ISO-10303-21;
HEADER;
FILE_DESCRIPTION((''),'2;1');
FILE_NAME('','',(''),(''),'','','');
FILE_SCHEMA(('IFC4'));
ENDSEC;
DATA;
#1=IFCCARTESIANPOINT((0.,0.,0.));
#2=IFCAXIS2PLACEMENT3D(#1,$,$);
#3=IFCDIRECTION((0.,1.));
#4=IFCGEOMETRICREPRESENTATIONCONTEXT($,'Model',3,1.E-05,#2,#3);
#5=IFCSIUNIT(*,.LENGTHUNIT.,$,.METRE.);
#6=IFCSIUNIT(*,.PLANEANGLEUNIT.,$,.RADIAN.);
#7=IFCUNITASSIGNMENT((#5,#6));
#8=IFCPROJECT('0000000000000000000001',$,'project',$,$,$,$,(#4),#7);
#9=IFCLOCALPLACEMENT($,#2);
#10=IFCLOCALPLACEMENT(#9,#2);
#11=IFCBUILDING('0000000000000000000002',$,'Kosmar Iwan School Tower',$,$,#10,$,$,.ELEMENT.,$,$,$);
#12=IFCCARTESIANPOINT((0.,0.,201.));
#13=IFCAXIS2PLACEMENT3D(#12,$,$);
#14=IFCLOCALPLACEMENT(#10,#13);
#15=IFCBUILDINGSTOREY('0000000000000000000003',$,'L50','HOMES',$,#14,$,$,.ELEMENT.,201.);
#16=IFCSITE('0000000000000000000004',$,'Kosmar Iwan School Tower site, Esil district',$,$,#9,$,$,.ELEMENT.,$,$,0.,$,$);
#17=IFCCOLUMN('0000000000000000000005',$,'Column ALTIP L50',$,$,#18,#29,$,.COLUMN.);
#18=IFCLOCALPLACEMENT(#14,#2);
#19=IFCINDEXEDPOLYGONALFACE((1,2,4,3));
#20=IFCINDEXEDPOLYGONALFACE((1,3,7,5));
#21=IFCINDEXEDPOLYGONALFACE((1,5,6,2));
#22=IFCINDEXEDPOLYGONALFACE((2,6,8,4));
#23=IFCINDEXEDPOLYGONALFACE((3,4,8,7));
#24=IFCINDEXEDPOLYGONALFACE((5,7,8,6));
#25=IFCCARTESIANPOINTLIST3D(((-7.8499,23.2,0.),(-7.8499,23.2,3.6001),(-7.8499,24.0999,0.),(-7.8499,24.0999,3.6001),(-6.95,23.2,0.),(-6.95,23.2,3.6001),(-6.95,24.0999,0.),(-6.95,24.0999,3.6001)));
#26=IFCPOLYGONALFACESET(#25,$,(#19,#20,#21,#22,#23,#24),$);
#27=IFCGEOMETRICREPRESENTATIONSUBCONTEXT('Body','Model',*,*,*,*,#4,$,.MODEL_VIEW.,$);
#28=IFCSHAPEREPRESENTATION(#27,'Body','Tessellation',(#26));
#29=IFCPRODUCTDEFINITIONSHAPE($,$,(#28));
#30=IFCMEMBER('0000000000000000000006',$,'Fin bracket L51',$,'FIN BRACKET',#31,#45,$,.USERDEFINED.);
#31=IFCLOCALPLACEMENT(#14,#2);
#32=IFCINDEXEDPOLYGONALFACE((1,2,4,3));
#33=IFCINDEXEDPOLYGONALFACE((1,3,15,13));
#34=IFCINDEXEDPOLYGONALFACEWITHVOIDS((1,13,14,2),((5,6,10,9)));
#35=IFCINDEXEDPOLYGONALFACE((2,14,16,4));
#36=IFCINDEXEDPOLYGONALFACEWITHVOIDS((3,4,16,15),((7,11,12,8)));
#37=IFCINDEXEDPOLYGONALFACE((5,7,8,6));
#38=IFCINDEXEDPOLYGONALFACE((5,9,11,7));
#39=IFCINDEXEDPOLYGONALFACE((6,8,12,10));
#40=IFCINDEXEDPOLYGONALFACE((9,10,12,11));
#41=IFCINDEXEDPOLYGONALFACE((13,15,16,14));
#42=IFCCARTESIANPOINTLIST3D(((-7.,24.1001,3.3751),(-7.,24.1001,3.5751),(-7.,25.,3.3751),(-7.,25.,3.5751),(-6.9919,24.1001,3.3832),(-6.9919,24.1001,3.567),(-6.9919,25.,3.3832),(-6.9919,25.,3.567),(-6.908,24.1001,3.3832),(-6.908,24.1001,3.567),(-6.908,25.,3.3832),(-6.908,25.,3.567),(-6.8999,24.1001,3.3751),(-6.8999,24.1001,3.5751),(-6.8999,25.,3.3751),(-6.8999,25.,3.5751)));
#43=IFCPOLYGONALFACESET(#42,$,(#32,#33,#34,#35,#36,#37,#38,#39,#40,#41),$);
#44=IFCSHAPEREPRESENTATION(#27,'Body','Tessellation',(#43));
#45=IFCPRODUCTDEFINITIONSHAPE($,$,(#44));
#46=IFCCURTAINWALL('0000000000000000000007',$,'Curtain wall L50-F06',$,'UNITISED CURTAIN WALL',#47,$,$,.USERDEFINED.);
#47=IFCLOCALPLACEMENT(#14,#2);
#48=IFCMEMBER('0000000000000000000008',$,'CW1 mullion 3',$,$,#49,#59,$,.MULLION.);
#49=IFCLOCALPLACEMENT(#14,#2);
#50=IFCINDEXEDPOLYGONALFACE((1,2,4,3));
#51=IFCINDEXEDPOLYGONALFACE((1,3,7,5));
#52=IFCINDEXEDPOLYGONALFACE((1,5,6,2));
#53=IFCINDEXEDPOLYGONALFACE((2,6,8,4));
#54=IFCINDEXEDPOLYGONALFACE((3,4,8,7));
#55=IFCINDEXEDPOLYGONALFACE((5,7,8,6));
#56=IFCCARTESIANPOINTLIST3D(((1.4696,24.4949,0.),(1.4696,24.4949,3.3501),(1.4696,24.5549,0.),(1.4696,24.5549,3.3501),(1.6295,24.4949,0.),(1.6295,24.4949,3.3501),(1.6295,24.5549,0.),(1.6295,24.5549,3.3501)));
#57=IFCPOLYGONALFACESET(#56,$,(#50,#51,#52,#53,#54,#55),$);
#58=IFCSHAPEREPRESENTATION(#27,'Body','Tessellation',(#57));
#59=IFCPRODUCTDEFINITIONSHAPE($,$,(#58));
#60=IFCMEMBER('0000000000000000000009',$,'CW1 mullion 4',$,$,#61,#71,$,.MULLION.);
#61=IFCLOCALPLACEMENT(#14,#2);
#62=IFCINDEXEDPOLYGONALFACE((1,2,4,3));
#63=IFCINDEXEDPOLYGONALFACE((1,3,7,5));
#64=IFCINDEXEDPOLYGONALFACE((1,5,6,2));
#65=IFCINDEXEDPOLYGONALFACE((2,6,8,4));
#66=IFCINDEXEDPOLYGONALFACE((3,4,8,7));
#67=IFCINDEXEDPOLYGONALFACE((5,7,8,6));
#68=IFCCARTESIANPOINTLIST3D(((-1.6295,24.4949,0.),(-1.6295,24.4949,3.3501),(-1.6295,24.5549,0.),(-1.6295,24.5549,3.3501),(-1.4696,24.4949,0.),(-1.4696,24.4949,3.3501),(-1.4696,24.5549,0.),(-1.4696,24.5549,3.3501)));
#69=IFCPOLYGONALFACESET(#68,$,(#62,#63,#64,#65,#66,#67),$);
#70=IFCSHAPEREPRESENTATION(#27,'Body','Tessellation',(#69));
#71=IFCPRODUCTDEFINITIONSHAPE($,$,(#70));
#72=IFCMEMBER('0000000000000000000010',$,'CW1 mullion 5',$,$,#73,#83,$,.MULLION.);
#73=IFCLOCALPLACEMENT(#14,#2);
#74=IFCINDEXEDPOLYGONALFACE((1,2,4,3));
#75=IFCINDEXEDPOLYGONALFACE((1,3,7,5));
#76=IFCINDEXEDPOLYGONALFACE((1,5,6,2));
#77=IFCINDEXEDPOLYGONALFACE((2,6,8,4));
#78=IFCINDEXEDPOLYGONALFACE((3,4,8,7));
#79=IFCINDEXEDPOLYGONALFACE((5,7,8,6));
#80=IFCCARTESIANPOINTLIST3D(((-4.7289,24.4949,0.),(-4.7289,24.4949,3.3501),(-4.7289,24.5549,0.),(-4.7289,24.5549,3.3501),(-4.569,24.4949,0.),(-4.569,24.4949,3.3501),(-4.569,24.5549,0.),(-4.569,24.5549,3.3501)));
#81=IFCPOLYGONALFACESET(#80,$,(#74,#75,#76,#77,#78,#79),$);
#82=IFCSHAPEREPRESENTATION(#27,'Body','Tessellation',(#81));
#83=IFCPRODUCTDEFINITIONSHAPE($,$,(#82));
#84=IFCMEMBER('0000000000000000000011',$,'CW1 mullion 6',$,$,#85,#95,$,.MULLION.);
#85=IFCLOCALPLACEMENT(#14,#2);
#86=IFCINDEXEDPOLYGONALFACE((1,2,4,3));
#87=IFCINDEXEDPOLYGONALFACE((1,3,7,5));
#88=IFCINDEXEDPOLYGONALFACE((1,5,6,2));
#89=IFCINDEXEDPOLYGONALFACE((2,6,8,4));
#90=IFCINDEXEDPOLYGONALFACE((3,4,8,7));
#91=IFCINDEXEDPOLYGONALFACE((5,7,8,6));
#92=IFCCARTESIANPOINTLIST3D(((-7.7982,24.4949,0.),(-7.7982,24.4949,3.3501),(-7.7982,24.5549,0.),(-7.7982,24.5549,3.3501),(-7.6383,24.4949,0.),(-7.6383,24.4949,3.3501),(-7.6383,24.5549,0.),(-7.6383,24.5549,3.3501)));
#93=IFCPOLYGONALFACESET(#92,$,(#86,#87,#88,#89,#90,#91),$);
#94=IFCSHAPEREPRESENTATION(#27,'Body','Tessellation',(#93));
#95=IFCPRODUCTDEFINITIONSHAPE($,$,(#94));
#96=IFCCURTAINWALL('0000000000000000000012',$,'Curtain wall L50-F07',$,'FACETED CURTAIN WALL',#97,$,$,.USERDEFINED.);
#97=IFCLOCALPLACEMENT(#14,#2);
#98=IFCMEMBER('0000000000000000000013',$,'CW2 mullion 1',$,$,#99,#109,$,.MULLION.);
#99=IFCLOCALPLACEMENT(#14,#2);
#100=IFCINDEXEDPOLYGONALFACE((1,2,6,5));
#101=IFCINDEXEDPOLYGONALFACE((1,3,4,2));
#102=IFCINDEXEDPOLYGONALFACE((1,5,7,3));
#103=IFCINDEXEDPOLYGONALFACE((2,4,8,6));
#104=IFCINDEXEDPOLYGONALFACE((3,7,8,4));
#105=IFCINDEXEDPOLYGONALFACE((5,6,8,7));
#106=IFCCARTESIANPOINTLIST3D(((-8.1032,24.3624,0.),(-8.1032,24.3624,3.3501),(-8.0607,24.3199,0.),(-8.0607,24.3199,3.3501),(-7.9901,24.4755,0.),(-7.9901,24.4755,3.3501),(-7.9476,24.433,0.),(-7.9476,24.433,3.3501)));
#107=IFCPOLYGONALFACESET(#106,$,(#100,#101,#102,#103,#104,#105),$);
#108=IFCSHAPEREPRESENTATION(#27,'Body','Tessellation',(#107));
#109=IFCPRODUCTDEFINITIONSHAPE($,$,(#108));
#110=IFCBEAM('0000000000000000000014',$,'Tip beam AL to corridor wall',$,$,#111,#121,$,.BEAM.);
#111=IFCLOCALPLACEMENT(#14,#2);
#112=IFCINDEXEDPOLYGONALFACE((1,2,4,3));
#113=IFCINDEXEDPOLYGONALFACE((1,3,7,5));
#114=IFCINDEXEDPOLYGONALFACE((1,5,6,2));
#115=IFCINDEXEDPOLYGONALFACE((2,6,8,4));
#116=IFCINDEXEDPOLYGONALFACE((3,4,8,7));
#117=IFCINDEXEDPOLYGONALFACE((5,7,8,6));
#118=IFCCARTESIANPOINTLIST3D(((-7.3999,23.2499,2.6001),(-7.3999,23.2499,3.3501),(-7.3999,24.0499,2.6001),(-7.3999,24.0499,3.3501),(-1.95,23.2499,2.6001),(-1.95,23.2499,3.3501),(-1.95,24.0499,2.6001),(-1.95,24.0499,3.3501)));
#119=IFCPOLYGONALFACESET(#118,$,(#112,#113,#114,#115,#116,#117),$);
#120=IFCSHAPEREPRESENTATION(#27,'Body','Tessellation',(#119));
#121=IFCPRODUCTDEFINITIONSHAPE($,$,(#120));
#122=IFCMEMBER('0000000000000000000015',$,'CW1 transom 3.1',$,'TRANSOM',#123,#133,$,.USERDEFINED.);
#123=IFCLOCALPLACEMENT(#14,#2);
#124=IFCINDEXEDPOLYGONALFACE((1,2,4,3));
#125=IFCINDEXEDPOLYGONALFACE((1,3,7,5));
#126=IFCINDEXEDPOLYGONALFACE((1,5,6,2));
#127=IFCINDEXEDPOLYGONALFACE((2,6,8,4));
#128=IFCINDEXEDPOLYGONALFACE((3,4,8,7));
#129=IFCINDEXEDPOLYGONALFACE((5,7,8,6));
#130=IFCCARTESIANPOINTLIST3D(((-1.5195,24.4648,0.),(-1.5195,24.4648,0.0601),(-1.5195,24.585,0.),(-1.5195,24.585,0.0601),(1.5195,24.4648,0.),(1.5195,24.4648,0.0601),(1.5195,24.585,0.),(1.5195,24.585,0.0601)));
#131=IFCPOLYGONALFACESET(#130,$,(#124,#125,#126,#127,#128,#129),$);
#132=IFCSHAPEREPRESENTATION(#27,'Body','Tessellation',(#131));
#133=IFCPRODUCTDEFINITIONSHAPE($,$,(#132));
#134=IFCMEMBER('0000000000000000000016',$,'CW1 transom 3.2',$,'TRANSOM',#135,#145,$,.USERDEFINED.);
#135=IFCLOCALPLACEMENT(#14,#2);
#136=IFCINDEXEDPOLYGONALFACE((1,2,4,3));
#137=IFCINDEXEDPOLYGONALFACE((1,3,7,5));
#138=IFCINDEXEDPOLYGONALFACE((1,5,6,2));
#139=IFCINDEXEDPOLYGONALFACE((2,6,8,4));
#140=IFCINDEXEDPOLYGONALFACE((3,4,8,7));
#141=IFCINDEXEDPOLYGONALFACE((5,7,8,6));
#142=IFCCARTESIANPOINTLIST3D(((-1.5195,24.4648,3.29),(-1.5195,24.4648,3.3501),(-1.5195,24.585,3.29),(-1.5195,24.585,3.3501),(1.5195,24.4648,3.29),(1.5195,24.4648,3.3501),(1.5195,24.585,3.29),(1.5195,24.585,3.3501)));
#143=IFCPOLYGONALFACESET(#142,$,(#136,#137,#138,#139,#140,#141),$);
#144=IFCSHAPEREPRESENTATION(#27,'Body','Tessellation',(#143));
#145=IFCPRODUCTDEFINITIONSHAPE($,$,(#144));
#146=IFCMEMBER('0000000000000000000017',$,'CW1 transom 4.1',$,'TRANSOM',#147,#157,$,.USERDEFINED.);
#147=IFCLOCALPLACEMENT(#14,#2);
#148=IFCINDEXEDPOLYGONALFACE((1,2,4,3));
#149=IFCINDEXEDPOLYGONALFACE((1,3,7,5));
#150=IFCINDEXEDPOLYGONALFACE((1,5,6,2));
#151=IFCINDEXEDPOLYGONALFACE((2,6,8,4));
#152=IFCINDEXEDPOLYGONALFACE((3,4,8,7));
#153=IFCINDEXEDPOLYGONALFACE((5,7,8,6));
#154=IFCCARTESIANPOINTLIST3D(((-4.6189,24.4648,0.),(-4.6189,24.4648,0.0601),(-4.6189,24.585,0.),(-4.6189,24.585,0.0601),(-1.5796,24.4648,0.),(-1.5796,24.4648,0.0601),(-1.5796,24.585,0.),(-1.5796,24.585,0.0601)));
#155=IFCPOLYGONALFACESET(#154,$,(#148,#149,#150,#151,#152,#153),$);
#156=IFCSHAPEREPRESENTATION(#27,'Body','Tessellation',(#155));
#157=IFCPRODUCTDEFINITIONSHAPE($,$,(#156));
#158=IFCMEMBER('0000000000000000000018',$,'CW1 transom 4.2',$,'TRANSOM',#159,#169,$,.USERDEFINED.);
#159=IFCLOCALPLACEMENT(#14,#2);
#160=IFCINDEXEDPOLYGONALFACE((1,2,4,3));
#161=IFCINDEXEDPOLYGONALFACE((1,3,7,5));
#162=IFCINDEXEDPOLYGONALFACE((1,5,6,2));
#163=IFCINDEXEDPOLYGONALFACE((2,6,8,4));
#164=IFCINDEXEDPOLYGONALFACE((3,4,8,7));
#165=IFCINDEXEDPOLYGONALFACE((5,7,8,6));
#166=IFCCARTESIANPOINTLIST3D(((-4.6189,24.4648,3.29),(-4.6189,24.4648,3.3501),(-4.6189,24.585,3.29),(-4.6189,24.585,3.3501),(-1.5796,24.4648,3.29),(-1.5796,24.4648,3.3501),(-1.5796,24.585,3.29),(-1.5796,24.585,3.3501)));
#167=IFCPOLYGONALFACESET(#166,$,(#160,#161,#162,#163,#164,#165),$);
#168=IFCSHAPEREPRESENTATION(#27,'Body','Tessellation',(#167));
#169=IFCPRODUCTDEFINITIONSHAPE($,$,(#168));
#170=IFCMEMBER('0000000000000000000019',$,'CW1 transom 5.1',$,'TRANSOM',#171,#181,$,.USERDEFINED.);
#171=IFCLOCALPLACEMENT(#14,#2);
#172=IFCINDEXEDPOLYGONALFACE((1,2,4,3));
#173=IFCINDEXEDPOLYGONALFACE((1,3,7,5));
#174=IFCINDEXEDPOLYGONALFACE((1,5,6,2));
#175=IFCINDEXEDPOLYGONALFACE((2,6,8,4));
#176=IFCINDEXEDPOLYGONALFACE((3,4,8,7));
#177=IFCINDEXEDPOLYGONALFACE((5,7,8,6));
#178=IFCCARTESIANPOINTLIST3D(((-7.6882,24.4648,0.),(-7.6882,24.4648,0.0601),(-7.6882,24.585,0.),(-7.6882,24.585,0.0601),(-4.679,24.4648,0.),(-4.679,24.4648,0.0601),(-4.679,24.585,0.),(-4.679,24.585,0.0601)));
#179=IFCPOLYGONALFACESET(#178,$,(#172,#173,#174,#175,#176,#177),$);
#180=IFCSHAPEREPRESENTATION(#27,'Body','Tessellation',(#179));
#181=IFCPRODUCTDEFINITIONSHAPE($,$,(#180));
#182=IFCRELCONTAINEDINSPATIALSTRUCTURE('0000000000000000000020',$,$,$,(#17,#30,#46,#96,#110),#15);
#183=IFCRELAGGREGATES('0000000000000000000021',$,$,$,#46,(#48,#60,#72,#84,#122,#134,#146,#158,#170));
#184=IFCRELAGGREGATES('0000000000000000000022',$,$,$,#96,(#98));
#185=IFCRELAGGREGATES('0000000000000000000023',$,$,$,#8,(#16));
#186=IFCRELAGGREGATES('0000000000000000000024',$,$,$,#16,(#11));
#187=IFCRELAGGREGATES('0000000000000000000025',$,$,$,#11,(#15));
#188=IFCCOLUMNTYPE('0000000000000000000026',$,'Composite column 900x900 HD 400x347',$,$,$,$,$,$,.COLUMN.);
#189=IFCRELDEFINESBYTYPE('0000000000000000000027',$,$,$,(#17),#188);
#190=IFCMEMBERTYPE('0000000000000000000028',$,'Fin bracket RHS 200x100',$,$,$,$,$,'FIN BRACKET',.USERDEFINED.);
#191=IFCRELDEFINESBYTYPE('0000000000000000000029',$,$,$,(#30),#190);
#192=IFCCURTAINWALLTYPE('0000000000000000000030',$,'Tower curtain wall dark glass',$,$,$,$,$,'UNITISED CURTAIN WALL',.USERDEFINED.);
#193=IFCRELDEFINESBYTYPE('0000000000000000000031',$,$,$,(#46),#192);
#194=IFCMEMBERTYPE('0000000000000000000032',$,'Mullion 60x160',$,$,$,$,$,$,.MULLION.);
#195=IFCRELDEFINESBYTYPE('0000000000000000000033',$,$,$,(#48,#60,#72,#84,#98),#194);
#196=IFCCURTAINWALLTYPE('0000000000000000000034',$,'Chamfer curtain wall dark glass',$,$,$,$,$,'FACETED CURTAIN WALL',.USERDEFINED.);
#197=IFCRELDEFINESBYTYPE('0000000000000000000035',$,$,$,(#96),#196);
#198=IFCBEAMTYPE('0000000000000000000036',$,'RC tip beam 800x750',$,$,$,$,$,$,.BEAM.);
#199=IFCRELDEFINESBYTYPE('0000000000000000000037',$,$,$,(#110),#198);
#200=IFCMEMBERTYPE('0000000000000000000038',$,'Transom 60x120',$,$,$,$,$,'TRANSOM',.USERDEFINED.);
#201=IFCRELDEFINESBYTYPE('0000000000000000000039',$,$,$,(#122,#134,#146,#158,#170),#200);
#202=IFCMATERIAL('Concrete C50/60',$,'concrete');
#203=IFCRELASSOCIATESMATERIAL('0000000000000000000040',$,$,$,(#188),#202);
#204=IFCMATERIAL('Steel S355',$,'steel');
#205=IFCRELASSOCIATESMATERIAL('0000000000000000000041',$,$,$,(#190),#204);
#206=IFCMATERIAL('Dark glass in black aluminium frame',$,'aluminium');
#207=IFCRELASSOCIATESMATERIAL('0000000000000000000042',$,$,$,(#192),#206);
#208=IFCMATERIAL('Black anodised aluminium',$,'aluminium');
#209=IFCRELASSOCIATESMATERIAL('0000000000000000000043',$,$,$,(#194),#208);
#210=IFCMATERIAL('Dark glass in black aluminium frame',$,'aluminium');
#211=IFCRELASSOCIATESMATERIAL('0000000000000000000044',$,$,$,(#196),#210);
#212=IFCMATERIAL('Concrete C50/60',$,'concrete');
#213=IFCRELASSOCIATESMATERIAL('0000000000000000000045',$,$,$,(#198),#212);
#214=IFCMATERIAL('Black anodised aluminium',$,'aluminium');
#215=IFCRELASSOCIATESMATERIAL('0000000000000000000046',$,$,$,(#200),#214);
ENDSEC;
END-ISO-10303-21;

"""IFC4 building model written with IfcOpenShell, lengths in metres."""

from ifc_helpers import new_model, si_unit, direction, frame, origin, origin_2d, place, context, subcontext, project, spatial, rectangle, hollow_rectangle, extrude, material, material_profile, profile_set, type_object, element, aggregate, save


model = new_model("IFC4")

# Units and contexts
model_context = context("Model", 3, precision=1e-05, world=origin(), true_north=direction((0.0, 1.0)))
body_context = subcontext(model_context, "Body", "Model", "MODEL_VIEW")
ifc_project = project(units=[si_unit("LENGTHUNIT", "METRE"), si_unit("PLANEANGLEUNIT", "RADIAN")], contexts=[model_context])

# Site, building, storey
site_placement = place(None, origin())
site = spatial("IfcSite", under=ifc_project, at=site_placement, Name="Kosmar Iwan School Tower site, Esil district", CompositionType="ELEMENT", RefElevation=0.0)
building_placement = place(site_placement, origin())
building = spatial("IfcBuilding", under=site, at=building_placement, Name="Kosmar Iwan School Tower", CompositionType="ELEMENT")
storey_placement = place(building_placement, frame((0.0, 0.0, 201.0)))
storey = spatial("IfcBuildingStorey", under=building, at=storey_placement, Name="L50", Description="HOMES", CompositionType="ELEMENT", Elevation=201.0)

# Column
ifc_material_1 = material(Name="Concrete C50/60", Category="concrete")
ifc_material_profile_1 = material_profile(ifc_material_1, rectangle(XDim=0.8999, YDim=0.8999, at=origin_2d()), Name="RC 900x900 + HD 400x347")
ifc_profile_set_1 = profile_set([ifc_material_profile_1], Name="Concrete C50/60")
column_type = type_object("IfcColumnType", Name="Composite column 900x900 HD 400x347", PredefinedType="COLUMN", material=ifc_profile_set_1)
column_placement = place(storey_placement, frame((-7.3999, 23.6499, 0.0), z_axis=(0.0, 0.0, 1.0), x_axis=(0.0, 1.0, 0.0)))
element("IfcColumn", 1, at=column_placement, inside=storey, type_object=column_type, Name="Column ALTIP L50", PredefinedType="COLUMN", context=body_context, shape_type="SweptSolid", body=[
    extrude(rectangle(XDim=0.8999, YDim=0.8999, at=origin_2d()), origin(), (0.0, 0.0, 1.0), 3.6001),
])

# Member
ifc_material_2 = material(Name="Steel S355", Category="steel")
ifc_material_profile_2 = material_profile(ifc_material_2, hollow_rectangle(XDim=0.1001, YDim=0.2, WallThickness=0.0081, at=origin_2d()), Name="RHS 200x100x8")
ifc_profile_set_2 = profile_set([ifc_material_profile_2], Name="Steel S355")
member_type_1 = type_object("IfcMemberType", Name="Fin bracket RHS 200x100", ElementType="FIN BRACKET", PredefinedType="USERDEFINED", material=ifc_profile_set_2)
member_1_placement = place(storey_placement, frame((-6.95, 24.1001, 3.4751), z_axis=(0.0, 1.0, 0.0), x_axis=(-1.0, 0.0, 0.0)))
element("IfcMember", 2, at=member_1_placement, inside=storey, type_object=member_type_1, Name="Fin bracket L51", ObjectType="FIN BRACKET", PredefinedType="USERDEFINED", context=body_context, shape_type="SweptSolid", body=[
    extrude(hollow_rectangle(XDim=0.1001, YDim=0.2, WallThickness=0.0081, at=origin_2d()), origin(), (0.0, 0.0, 1.0), 0.8999),
])

# Curtain wall, members
ifc_material_3 = material(Name="Dark glass in black aluminium frame", Category="aluminium")
curtain_wall_type_1 = type_object("IfcCurtainWallType", Name="Tower curtain wall dark glass", ElementType="UNITISED CURTAIN WALL", PredefinedType="USERDEFINED", material=ifc_material_3)
curtain_wall_1_placement = place(storey_placement, origin())
curtain_wall_1 = element("IfcCurtainWall", 3, at=curtain_wall_1_placement, inside=storey, type_object=curtain_wall_type_1, Name="Curtain wall L50-F06", ObjectType="UNITISED CURTAIN WALL", PredefinedType="USERDEFINED")
ifc_material_4 = material(Name="Black anodised aluminium", Category="aluminium")
ifc_material_profile_3 = material_profile(ifc_material_4, rectangle(XDim=0.0601, YDim=0.1599, at=origin_2d()), Name="MULLION 60x160")
ifc_profile_set_3 = profile_set([ifc_material_profile_3], Name="Black anodised aluminium")
member_type_2 = type_object("IfcMemberType", Name="Mullion 60x160", PredefinedType="MULLION", material=ifc_profile_set_3)
member_2_placement = place(storey_placement, frame((1.5496, 24.5249, 0.0), z_axis=(0.0, 0.0, 1.0), x_axis=(0.0, -1.0, 0.0)))
member_2 = element("IfcMember", 4, at=member_2_placement, type_object=member_type_2, Name="CW1 mullion 3", PredefinedType="MULLION", context=body_context, shape_type="SweptSolid", body=[
    extrude(rectangle(XDim=0.0601, YDim=0.1599, at=origin_2d()), origin(), (0.0, 0.0, 1.0), 3.3501),
])
member_3_placement = place(storey_placement, frame((-1.5496, 24.5249, 0.0), z_axis=(0.0, 0.0, 1.0), x_axis=(0.0, -1.0, 0.0)))
member_3 = element("IfcMember", 5, at=member_3_placement, type_object=member_type_2, Name="CW1 mullion 4", PredefinedType="MULLION", context=body_context, shape_type="SweptSolid", body=[
    extrude(rectangle(XDim=0.0601, YDim=0.1599, at=origin_2d()), origin(), (0.0, 0.0, 1.0), 3.3501),
])
member_4_placement = place(storey_placement, frame((-4.6489, 24.5249, 0.0), z_axis=(0.0, 0.0, 1.0), x_axis=(0.0, -1.0, 0.0)))
member_4 = element("IfcMember", 6, at=member_4_placement, type_object=member_type_2, Name="CW1 mullion 5", PredefinedType="MULLION", context=body_context, shape_type="SweptSolid", body=[
    extrude(rectangle(XDim=0.0601, YDim=0.1599, at=origin_2d()), origin(), (0.0, 0.0, 1.0), 3.3501),
])
member_5_placement = place(storey_placement, frame((-7.7183, 24.5249, 0.0), z_axis=(0.0, 0.0, 1.0), x_axis=(0.0, -1.0, 0.0)))
member_5 = element("IfcMember", 7, at=member_5_placement, type_object=member_type_2, Name="CW1 mullion 6", PredefinedType="MULLION", context=body_context, shape_type="SweptSolid", body=[
    extrude(rectangle(XDim=0.0601, YDim=0.1599, at=origin_2d()), origin(), (0.0, 0.0, 1.0), 3.3501),
])

# Curtain wall, member
ifc_material_5 = material(Name="Dark glass in black aluminium frame", Category="aluminium")
curtain_wall_type_2 = type_object("IfcCurtainWallType", Name="Chamfer curtain wall dark glass", ElementType="FACETED CURTAIN WALL", PredefinedType="USERDEFINED", material=ifc_material_5)
curtain_wall_2_placement = place(storey_placement, origin())
curtain_wall_2 = element("IfcCurtainWall", 8, at=curtain_wall_2_placement, inside=storey, type_object=curtain_wall_type_2, Name="Curtain wall L50-F07", ObjectType="FACETED CURTAIN WALL", PredefinedType="USERDEFINED")
member_6_placement = place(storey_placement, frame((-8.0254, 24.3977, 0.0), z_axis=(0.0, 0.0, 1.0), x_axis=(0.707107, -0.707107, 0.0)))
member_6 = element("IfcMember", 9, at=member_6_placement, type_object=member_type_2, Name="CW2 mullion 1", PredefinedType="MULLION", context=body_context, shape_type="SweptSolid", body=[
    extrude(rectangle(XDim=0.0601, YDim=0.1599, at=origin_2d()), origin(), (0.0, 0.0, 1.0), 3.3501),
])

# Beam
ifc_material_6 = material(Name="Concrete C50/60", Category="concrete")
ifc_material_profile_4 = material_profile(ifc_material_6, rectangle(XDim=0.8, YDim=0.75, at=origin_2d()), Name="RC 800x750")
ifc_profile_set_4 = profile_set([ifc_material_profile_4], Name="Concrete C50/60")
beam_type = type_object("IfcBeamType", Name="RC tip beam 800x750", PredefinedType="BEAM", material=ifc_profile_set_4)
beam_placement = place(storey_placement, frame((-7.3999, 23.6499, 2.9751), z_axis=(1.0, 0.0, 0.0), x_axis=(0.0, 1.0, 0.0)))
element("IfcBeam", 10, at=beam_placement, inside=storey, type_object=beam_type, Name="Tip beam AL to corridor wall", PredefinedType="BEAM", context=body_context, shape_type="SweptSolid", body=[
    extrude(rectangle(XDim=0.8, YDim=0.75, at=origin_2d()), origin(), (0.0, 0.0, 1.0), 5.45),
])

# Members
ifc_material_7 = material(Name="Black anodised aluminium", Category="aluminium")
ifc_material_profile_5 = material_profile(ifc_material_7, rectangle(XDim=0.1201, YDim=0.0601, at=origin_2d()), Name="TRANSOM 60x120")
ifc_profile_set_5 = profile_set([ifc_material_profile_5], Name="Black anodised aluminium")
member_type_3 = type_object("IfcMemberType", Name="Transom 60x120", ElementType="TRANSOM", PredefinedType="USERDEFINED", material=ifc_profile_set_5)
member_7_placement = place(storey_placement, frame((1.5195, 24.5249, 0.03), z_axis=(-1.0, 0.0, 0.0), x_axis=(0.0, -1.0, 0.0)))
member_7 = element("IfcMember", 11, at=member_7_placement, type_object=member_type_3, Name="CW1 transom 3.1", ObjectType="TRANSOM", PredefinedType="USERDEFINED", context=body_context, shape_type="SweptSolid", body=[
    extrude(rectangle(XDim=0.1201, YDim=0.0601, at=origin_2d()), origin(), (0.0, 0.0, 1.0), 3.0391),
])
member_8_placement = place(storey_placement, frame((1.5195, 24.5249, 3.3201), z_axis=(-1.0, 0.0, 0.0), x_axis=(0.0, -1.0, 0.0)))
member_8 = element("IfcMember", 12, at=member_8_placement, type_object=member_type_3, Name="CW1 transom 3.2", ObjectType="TRANSOM", PredefinedType="USERDEFINED", context=body_context, shape_type="SweptSolid", body=[
    extrude(rectangle(XDim=0.1201, YDim=0.0601, at=origin_2d()), origin(), (0.0, 0.0, 1.0), 3.0391),
])
member_9_placement = place(storey_placement, frame((-1.5796, 24.5249, 0.03), z_axis=(-1.0, 0.0, 0.0), x_axis=(0.0, -1.0, 0.0)))
member_9 = element("IfcMember", 13, at=member_9_placement, type_object=member_type_3, Name="CW1 transom 4.1", ObjectType="TRANSOM", PredefinedType="USERDEFINED", context=body_context, shape_type="SweptSolid", body=[
    extrude(rectangle(XDim=0.1201, YDim=0.0601, at=origin_2d()), origin(), (0.0, 0.0, 1.0), 3.0393),
])
member_10_placement = place(storey_placement, frame((-1.5796, 24.5249, 3.3201), z_axis=(-1.0, 0.0, 0.0), x_axis=(0.0, -1.0, 0.0)))
member_10 = element("IfcMember", 14, at=member_10_placement, type_object=member_type_3, Name="CW1 transom 4.2", ObjectType="TRANSOM", PredefinedType="USERDEFINED", context=body_context, shape_type="SweptSolid", body=[
    extrude(rectangle(XDim=0.1201, YDim=0.0601, at=origin_2d()), origin(), (0.0, 0.0, 1.0), 3.0393),
])
member_11_placement = place(storey_placement, frame((-4.679, 24.5249, 0.03), z_axis=(-1.0, 0.0, 0.0), x_axis=(0.0, -1.0, 0.0)))
member_11 = element("IfcMember", 15, at=member_11_placement, type_object=member_type_3, Name="CW1 transom 5.1", ObjectType="TRANSOM", PredefinedType="USERDEFINED", context=body_context, shape_type="SweptSolid", body=[
    extrude(rectangle(XDim=0.1201, YDim=0.0601, at=origin_2d()), origin(), (0.0, 0.0, 1.0), 3.0093),
])

aggregate(curtain_wall_1, [member_2, member_3, member_4, member_5, member_7, member_8, member_9, member_10, member_11])
aggregate(curtain_wall_2, [member_6])

save(model, "model.ifc")
